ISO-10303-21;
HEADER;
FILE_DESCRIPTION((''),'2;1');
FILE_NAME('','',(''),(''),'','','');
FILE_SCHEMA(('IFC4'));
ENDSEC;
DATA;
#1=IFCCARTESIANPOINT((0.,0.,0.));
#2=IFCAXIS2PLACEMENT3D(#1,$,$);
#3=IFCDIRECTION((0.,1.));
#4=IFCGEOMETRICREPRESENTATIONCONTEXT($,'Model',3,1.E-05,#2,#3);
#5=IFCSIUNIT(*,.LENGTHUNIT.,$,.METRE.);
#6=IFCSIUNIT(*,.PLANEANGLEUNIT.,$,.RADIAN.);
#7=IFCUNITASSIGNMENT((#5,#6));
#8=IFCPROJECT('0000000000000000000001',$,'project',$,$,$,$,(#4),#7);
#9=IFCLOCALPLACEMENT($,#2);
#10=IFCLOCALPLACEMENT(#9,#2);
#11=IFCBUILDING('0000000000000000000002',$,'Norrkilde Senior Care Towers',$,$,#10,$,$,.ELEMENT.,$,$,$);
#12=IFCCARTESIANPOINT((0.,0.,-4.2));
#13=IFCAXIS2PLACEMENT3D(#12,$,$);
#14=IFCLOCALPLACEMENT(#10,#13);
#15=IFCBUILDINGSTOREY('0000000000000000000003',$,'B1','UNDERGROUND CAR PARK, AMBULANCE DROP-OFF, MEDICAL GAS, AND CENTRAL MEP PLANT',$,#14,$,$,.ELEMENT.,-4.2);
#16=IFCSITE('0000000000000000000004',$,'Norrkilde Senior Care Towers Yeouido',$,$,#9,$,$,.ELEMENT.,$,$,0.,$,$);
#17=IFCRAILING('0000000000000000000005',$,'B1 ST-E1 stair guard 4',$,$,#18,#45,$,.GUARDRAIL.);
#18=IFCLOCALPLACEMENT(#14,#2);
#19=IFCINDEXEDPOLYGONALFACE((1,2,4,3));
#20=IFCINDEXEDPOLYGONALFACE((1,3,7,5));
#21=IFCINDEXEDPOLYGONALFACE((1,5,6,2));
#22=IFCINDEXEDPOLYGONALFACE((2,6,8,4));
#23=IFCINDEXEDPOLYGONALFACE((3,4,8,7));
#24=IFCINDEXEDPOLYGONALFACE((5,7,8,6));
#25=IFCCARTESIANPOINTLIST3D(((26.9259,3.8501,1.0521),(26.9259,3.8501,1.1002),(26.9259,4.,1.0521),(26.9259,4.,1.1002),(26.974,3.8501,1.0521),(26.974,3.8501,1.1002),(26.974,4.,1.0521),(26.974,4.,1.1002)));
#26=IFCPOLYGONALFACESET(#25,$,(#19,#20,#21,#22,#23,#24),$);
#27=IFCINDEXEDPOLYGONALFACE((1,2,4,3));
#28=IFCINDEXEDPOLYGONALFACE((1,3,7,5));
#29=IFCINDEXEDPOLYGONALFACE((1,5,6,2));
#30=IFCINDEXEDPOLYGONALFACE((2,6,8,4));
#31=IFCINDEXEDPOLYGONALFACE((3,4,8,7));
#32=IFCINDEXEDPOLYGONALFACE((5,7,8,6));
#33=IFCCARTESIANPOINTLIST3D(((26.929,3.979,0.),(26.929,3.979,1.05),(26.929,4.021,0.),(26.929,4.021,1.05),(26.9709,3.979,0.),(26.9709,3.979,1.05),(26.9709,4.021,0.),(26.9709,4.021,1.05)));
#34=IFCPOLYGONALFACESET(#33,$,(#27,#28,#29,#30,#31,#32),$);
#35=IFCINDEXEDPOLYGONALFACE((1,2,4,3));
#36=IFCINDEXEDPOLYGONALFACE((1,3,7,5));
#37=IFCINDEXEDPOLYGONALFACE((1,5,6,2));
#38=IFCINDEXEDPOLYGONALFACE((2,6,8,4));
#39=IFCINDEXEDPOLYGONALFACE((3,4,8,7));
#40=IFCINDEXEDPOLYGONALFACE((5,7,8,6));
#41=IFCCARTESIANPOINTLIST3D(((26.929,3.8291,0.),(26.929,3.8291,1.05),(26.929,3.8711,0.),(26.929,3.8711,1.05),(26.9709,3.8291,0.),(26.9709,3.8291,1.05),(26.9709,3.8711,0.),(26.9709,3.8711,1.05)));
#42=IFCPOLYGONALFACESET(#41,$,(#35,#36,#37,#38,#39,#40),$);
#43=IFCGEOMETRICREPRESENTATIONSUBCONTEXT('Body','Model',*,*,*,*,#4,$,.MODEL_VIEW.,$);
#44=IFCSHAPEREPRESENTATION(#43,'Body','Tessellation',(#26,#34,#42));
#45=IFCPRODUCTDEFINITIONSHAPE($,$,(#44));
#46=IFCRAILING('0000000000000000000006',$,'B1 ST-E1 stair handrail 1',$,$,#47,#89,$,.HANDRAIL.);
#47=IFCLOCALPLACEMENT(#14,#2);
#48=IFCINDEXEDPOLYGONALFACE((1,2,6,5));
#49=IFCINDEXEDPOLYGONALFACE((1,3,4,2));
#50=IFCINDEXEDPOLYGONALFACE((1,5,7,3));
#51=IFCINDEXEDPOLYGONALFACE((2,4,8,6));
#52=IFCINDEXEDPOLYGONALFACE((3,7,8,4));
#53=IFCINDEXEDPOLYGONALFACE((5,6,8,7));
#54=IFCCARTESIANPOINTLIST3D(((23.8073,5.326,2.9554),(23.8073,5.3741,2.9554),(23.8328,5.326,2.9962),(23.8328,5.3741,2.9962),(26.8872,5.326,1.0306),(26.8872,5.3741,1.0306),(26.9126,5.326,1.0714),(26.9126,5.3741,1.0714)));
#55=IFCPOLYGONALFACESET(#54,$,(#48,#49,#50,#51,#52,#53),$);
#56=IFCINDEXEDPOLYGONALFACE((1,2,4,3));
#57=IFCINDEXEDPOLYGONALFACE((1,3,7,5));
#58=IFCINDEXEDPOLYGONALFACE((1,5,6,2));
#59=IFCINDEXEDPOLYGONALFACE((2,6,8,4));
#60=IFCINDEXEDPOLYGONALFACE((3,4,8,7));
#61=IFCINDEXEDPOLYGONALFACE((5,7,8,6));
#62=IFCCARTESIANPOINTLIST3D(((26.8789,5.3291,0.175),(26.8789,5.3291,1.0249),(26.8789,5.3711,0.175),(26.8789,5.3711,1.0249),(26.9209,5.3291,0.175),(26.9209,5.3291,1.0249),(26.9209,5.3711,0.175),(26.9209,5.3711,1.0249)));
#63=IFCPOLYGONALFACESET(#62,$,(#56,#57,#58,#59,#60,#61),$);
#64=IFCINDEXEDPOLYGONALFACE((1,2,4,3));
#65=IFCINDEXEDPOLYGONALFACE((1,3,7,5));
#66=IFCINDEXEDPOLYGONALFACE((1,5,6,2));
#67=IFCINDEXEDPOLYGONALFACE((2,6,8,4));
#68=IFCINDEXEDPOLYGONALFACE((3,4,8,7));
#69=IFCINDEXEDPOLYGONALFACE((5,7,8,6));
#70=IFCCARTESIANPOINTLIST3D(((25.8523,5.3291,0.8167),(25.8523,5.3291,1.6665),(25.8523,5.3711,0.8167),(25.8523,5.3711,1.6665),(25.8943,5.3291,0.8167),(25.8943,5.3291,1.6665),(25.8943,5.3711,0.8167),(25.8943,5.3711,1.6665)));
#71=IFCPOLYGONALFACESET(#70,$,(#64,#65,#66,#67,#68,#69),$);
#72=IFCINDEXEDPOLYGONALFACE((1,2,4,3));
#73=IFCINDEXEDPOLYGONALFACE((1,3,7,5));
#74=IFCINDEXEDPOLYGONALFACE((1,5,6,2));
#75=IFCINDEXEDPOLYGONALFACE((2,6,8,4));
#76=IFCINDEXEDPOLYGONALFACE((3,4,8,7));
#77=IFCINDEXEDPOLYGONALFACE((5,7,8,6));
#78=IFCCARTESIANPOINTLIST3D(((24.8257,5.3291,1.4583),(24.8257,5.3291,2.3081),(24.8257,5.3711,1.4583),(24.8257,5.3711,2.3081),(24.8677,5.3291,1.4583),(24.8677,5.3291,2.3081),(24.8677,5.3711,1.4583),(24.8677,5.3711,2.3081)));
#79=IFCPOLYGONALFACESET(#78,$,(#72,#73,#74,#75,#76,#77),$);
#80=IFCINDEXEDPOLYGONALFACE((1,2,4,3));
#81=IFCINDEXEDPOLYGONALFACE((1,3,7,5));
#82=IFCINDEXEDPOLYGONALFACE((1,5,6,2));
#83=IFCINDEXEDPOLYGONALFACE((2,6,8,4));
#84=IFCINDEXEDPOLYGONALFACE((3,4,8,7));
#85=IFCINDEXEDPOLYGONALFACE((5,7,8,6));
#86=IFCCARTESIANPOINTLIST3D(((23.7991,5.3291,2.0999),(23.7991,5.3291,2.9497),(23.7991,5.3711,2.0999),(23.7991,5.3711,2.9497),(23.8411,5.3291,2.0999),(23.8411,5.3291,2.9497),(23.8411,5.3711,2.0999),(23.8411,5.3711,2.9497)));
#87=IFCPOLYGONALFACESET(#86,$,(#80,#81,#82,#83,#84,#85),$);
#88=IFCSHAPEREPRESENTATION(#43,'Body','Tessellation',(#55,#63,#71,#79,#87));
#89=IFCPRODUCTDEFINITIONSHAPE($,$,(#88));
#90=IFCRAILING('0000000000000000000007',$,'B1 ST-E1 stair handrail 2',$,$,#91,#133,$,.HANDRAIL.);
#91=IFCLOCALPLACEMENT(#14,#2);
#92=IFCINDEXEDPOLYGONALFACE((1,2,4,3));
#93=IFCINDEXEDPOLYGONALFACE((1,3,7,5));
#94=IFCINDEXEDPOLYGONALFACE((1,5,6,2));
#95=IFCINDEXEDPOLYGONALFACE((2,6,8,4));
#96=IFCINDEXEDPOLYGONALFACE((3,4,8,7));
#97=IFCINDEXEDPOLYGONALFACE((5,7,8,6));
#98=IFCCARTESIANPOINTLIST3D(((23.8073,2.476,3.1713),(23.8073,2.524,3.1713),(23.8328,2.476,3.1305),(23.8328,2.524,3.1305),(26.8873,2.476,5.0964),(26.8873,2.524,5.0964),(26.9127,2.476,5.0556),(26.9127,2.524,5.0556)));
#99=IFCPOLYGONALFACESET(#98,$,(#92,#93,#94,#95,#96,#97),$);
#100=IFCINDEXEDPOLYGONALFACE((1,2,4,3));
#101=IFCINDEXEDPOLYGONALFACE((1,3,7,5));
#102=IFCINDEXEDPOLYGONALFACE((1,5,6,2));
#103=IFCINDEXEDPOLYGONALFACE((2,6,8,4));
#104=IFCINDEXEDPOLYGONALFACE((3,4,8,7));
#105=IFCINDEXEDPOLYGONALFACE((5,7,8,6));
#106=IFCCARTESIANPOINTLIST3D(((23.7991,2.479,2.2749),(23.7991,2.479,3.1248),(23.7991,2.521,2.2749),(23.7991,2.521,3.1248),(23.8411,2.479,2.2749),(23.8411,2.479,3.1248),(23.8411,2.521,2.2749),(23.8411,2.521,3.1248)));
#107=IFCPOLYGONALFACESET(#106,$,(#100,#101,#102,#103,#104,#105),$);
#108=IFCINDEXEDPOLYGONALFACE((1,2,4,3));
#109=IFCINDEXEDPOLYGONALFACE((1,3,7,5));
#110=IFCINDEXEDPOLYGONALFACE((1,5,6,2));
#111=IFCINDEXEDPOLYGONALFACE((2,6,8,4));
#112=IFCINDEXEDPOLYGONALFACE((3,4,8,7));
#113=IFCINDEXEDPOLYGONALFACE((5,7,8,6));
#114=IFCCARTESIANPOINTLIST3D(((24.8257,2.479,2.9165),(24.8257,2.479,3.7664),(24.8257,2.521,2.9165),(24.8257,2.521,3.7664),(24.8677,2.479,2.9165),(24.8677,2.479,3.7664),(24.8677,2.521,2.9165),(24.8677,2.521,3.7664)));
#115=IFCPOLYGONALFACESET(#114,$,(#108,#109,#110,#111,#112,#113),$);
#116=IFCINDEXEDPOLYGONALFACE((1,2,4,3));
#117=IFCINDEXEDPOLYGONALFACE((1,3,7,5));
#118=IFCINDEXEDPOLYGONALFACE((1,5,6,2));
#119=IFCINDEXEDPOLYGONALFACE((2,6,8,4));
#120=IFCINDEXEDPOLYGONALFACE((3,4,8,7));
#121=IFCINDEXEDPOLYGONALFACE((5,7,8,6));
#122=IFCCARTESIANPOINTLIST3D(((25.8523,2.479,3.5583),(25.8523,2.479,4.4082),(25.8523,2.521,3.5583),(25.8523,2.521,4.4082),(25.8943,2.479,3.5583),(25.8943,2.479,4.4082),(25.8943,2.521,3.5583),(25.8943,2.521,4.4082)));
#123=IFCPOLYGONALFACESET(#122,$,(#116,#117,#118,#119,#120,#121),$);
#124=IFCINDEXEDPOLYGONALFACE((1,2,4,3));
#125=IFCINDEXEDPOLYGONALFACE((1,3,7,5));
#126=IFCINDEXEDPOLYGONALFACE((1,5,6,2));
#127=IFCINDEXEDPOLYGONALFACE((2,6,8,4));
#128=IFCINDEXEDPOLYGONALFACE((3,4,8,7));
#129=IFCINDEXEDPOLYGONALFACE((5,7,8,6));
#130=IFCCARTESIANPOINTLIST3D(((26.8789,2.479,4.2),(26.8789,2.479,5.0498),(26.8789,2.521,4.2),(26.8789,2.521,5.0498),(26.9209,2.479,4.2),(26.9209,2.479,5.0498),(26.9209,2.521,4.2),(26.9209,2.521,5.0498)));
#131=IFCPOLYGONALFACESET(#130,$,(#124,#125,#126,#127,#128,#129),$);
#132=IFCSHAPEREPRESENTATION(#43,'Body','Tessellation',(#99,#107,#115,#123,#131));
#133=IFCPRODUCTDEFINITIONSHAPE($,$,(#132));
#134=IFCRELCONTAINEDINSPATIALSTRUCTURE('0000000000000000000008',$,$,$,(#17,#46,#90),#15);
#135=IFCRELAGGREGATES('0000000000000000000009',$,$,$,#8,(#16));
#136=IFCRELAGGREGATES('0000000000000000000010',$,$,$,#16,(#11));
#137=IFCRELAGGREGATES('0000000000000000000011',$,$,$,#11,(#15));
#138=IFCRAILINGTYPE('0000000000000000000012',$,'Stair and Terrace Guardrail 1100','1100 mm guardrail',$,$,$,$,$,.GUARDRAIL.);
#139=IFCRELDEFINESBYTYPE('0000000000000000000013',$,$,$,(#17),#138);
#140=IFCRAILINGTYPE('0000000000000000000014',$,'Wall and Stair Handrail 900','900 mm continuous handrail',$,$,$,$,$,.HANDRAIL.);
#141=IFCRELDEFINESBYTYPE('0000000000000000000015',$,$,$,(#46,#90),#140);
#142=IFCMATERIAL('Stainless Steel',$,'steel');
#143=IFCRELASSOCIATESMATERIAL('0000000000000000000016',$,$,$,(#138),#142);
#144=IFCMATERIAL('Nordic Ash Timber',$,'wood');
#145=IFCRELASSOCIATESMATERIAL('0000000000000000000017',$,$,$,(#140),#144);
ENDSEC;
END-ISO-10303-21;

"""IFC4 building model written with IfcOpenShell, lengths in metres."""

from ifc_helpers import new_model, si_unit, direction, frame, origin, origin_2d, place, context, subcontext, project, spatial, rectangle, extrude, material, type_object, element, save


model = new_model("IFC4")

# Units and contexts
model_context = context("Model", 3, precision=1e-05, world=origin(), true_north=direction((0.0, 1.0)))
body_context = subcontext(model_context, "Body", "Model", "MODEL_VIEW")
ifc_project = project(units=[si_unit("LENGTHUNIT", "METRE"), si_unit("PLANEANGLEUNIT", "RADIAN")], contexts=[model_context])

# Site, building, storey
site_placement = place(None, origin())
site = spatial("IfcSite", under=ifc_project, at=site_placement, Name="Norrkilde Senior Care Towers Yeouido", CompositionType="ELEMENT", RefElevation=0.0)
building_placement = place(site_placement, origin())
building = spatial("IfcBuilding", under=site, at=building_placement, Name="Norrkilde Senior Care Towers", CompositionType="ELEMENT")
storey_placement = place(building_placement, frame((0.0, 0.0, -4.2)))
storey = spatial("IfcBuildingStorey", under=building, at=storey_placement, Name="B1", Description="UNDERGROUND CAR PARK, AMBULANCE DROP-OFF, MEDICAL GAS, AND CENTRAL MEP PLANT", CompositionType="ELEMENT", Elevation=-4.2)

# Shared definitions
ifc_material_1 = material(Name="Stainless Steel", Category="steel")

# Railings
railing_type_1 = type_object("IfcRailingType", Name="Stair and Terrace Guardrail 1100", Description="1100 mm guardrail", PredefinedType="GUARDRAIL", material=ifc_material_1)
railing_1_placement = place(storey_placement, frame((26.95, 4.0, 0.0)))
element("IfcRailing", 1, at=railing_1_placement, inside=storey, type_object=railing_type_1, Name="B1 ST-E1 stair guard 4", PredefinedType="GUARDRAIL", context=body_context, shape_type="SweptSolid", body=[
    extrude(rectangle(XDim=0.0481, YDim=0.0481, at=origin_2d()), frame((0.0, 0.0, 1.0762), z_axis=(0.0, -1.0, 0.0), x_axis=(1.0, 0.0, 0.0)), (0.0, 0.0, 1.0), 0.1499),
    extrude(rectangle(XDim=0.042, YDim=0.042, at=origin_2d()), origin(), (0.0, 0.0, 1.0), 1.05),
    extrude(rectangle(XDim=0.042, YDim=0.042, at=origin_2d()), frame((0.0, -0.1499, 0.0)), (0.0, 0.0, 1.0), 1.05),
])
ifc_material_2 = material(Name="Nordic Ash Timber", Category="wood")
railing_type_2 = type_object("IfcRailingType", Name="Wall and Stair Handrail 900", Description="900 mm continuous handrail", PredefinedType="HANDRAIL", material=ifc_material_2)
railing_2_placement = place(storey_placement, frame((26.8999, 5.3501, 0.175)))
element("IfcRailing", 2, at=railing_2_placement, inside=storey, type_object=railing_type_2, Name="B1 ST-E1 stair handrail 1", PredefinedType="HANDRAIL", context=body_context, shape_type="SweptSolid", body=[
    extrude(rectangle(XDim=0.0481, YDim=0.0481, at=origin_2d()), frame((0.0, 0.0, 0.876), z_axis=(-0.84801, 0.0, 0.529981), x_axis=(0.0, -1.0, 0.0)), (0.0, 0.0, 1.0), 3.6318),
    extrude(rectangle(XDim=0.042, YDim=0.042, at=origin_2d()), origin(), (0.0, 0.0, 1.0), 0.8499),
    extrude(rectangle(XDim=0.042, YDim=0.042, at=origin_2d()), frame((-1.0266, 0.0, 0.6416)), (0.0, 0.0, 1.0), 0.8499),
    extrude(rectangle(XDim=0.042, YDim=0.042, at=origin_2d()), frame((-2.0532, 0.0, 1.2832)), (0.0, 0.0, 1.0), 0.8499),
    extrude(rectangle(XDim=0.042, YDim=0.042, at=origin_2d()), frame((-3.0798, 0.0, 1.9248)), (0.0, 0.0, 1.0), 0.8499),
])
railing_3_placement = place(storey_placement, frame((23.8201, 2.5, 2.2749)))
element("IfcRailing", 3, at=railing_3_placement, inside=storey, type_object=railing_type_2, Name="B1 ST-E1 stair handrail 2", PredefinedType="HANDRAIL", context=body_context, shape_type="SweptSolid", body=[
    extrude(rectangle(XDim=0.0481, YDim=0.0481, at=origin_2d()), frame((0.0, 0.0, 0.876), z_axis=(0.847979, 0.0, 0.530029), x_axis=(0.0, 1.0, 0.0)), (0.0, 0.0, 1.0), 3.6321),
    extrude(rectangle(XDim=0.042, YDim=0.042, at=origin_2d()), origin(), (0.0, 0.0, 1.0), 0.8499),
    extrude(rectangle(XDim=0.042, YDim=0.042, at=origin_2d()), frame((1.0266, 0.0, 0.6416)), (0.0, 0.0, 1.0), 0.8499),
    extrude(rectangle(XDim=0.042, YDim=0.042, at=origin_2d()), frame((2.0532, 0.0, 1.2834)), (0.0, 0.0, 1.0), 0.8499),
    extrude(rectangle(XDim=0.042, YDim=0.042, at=origin_2d()), frame((3.0798, 0.0, 1.925)), (0.0, 0.0, 1.0), 0.8499),
])

save(model, "model.ifc")
